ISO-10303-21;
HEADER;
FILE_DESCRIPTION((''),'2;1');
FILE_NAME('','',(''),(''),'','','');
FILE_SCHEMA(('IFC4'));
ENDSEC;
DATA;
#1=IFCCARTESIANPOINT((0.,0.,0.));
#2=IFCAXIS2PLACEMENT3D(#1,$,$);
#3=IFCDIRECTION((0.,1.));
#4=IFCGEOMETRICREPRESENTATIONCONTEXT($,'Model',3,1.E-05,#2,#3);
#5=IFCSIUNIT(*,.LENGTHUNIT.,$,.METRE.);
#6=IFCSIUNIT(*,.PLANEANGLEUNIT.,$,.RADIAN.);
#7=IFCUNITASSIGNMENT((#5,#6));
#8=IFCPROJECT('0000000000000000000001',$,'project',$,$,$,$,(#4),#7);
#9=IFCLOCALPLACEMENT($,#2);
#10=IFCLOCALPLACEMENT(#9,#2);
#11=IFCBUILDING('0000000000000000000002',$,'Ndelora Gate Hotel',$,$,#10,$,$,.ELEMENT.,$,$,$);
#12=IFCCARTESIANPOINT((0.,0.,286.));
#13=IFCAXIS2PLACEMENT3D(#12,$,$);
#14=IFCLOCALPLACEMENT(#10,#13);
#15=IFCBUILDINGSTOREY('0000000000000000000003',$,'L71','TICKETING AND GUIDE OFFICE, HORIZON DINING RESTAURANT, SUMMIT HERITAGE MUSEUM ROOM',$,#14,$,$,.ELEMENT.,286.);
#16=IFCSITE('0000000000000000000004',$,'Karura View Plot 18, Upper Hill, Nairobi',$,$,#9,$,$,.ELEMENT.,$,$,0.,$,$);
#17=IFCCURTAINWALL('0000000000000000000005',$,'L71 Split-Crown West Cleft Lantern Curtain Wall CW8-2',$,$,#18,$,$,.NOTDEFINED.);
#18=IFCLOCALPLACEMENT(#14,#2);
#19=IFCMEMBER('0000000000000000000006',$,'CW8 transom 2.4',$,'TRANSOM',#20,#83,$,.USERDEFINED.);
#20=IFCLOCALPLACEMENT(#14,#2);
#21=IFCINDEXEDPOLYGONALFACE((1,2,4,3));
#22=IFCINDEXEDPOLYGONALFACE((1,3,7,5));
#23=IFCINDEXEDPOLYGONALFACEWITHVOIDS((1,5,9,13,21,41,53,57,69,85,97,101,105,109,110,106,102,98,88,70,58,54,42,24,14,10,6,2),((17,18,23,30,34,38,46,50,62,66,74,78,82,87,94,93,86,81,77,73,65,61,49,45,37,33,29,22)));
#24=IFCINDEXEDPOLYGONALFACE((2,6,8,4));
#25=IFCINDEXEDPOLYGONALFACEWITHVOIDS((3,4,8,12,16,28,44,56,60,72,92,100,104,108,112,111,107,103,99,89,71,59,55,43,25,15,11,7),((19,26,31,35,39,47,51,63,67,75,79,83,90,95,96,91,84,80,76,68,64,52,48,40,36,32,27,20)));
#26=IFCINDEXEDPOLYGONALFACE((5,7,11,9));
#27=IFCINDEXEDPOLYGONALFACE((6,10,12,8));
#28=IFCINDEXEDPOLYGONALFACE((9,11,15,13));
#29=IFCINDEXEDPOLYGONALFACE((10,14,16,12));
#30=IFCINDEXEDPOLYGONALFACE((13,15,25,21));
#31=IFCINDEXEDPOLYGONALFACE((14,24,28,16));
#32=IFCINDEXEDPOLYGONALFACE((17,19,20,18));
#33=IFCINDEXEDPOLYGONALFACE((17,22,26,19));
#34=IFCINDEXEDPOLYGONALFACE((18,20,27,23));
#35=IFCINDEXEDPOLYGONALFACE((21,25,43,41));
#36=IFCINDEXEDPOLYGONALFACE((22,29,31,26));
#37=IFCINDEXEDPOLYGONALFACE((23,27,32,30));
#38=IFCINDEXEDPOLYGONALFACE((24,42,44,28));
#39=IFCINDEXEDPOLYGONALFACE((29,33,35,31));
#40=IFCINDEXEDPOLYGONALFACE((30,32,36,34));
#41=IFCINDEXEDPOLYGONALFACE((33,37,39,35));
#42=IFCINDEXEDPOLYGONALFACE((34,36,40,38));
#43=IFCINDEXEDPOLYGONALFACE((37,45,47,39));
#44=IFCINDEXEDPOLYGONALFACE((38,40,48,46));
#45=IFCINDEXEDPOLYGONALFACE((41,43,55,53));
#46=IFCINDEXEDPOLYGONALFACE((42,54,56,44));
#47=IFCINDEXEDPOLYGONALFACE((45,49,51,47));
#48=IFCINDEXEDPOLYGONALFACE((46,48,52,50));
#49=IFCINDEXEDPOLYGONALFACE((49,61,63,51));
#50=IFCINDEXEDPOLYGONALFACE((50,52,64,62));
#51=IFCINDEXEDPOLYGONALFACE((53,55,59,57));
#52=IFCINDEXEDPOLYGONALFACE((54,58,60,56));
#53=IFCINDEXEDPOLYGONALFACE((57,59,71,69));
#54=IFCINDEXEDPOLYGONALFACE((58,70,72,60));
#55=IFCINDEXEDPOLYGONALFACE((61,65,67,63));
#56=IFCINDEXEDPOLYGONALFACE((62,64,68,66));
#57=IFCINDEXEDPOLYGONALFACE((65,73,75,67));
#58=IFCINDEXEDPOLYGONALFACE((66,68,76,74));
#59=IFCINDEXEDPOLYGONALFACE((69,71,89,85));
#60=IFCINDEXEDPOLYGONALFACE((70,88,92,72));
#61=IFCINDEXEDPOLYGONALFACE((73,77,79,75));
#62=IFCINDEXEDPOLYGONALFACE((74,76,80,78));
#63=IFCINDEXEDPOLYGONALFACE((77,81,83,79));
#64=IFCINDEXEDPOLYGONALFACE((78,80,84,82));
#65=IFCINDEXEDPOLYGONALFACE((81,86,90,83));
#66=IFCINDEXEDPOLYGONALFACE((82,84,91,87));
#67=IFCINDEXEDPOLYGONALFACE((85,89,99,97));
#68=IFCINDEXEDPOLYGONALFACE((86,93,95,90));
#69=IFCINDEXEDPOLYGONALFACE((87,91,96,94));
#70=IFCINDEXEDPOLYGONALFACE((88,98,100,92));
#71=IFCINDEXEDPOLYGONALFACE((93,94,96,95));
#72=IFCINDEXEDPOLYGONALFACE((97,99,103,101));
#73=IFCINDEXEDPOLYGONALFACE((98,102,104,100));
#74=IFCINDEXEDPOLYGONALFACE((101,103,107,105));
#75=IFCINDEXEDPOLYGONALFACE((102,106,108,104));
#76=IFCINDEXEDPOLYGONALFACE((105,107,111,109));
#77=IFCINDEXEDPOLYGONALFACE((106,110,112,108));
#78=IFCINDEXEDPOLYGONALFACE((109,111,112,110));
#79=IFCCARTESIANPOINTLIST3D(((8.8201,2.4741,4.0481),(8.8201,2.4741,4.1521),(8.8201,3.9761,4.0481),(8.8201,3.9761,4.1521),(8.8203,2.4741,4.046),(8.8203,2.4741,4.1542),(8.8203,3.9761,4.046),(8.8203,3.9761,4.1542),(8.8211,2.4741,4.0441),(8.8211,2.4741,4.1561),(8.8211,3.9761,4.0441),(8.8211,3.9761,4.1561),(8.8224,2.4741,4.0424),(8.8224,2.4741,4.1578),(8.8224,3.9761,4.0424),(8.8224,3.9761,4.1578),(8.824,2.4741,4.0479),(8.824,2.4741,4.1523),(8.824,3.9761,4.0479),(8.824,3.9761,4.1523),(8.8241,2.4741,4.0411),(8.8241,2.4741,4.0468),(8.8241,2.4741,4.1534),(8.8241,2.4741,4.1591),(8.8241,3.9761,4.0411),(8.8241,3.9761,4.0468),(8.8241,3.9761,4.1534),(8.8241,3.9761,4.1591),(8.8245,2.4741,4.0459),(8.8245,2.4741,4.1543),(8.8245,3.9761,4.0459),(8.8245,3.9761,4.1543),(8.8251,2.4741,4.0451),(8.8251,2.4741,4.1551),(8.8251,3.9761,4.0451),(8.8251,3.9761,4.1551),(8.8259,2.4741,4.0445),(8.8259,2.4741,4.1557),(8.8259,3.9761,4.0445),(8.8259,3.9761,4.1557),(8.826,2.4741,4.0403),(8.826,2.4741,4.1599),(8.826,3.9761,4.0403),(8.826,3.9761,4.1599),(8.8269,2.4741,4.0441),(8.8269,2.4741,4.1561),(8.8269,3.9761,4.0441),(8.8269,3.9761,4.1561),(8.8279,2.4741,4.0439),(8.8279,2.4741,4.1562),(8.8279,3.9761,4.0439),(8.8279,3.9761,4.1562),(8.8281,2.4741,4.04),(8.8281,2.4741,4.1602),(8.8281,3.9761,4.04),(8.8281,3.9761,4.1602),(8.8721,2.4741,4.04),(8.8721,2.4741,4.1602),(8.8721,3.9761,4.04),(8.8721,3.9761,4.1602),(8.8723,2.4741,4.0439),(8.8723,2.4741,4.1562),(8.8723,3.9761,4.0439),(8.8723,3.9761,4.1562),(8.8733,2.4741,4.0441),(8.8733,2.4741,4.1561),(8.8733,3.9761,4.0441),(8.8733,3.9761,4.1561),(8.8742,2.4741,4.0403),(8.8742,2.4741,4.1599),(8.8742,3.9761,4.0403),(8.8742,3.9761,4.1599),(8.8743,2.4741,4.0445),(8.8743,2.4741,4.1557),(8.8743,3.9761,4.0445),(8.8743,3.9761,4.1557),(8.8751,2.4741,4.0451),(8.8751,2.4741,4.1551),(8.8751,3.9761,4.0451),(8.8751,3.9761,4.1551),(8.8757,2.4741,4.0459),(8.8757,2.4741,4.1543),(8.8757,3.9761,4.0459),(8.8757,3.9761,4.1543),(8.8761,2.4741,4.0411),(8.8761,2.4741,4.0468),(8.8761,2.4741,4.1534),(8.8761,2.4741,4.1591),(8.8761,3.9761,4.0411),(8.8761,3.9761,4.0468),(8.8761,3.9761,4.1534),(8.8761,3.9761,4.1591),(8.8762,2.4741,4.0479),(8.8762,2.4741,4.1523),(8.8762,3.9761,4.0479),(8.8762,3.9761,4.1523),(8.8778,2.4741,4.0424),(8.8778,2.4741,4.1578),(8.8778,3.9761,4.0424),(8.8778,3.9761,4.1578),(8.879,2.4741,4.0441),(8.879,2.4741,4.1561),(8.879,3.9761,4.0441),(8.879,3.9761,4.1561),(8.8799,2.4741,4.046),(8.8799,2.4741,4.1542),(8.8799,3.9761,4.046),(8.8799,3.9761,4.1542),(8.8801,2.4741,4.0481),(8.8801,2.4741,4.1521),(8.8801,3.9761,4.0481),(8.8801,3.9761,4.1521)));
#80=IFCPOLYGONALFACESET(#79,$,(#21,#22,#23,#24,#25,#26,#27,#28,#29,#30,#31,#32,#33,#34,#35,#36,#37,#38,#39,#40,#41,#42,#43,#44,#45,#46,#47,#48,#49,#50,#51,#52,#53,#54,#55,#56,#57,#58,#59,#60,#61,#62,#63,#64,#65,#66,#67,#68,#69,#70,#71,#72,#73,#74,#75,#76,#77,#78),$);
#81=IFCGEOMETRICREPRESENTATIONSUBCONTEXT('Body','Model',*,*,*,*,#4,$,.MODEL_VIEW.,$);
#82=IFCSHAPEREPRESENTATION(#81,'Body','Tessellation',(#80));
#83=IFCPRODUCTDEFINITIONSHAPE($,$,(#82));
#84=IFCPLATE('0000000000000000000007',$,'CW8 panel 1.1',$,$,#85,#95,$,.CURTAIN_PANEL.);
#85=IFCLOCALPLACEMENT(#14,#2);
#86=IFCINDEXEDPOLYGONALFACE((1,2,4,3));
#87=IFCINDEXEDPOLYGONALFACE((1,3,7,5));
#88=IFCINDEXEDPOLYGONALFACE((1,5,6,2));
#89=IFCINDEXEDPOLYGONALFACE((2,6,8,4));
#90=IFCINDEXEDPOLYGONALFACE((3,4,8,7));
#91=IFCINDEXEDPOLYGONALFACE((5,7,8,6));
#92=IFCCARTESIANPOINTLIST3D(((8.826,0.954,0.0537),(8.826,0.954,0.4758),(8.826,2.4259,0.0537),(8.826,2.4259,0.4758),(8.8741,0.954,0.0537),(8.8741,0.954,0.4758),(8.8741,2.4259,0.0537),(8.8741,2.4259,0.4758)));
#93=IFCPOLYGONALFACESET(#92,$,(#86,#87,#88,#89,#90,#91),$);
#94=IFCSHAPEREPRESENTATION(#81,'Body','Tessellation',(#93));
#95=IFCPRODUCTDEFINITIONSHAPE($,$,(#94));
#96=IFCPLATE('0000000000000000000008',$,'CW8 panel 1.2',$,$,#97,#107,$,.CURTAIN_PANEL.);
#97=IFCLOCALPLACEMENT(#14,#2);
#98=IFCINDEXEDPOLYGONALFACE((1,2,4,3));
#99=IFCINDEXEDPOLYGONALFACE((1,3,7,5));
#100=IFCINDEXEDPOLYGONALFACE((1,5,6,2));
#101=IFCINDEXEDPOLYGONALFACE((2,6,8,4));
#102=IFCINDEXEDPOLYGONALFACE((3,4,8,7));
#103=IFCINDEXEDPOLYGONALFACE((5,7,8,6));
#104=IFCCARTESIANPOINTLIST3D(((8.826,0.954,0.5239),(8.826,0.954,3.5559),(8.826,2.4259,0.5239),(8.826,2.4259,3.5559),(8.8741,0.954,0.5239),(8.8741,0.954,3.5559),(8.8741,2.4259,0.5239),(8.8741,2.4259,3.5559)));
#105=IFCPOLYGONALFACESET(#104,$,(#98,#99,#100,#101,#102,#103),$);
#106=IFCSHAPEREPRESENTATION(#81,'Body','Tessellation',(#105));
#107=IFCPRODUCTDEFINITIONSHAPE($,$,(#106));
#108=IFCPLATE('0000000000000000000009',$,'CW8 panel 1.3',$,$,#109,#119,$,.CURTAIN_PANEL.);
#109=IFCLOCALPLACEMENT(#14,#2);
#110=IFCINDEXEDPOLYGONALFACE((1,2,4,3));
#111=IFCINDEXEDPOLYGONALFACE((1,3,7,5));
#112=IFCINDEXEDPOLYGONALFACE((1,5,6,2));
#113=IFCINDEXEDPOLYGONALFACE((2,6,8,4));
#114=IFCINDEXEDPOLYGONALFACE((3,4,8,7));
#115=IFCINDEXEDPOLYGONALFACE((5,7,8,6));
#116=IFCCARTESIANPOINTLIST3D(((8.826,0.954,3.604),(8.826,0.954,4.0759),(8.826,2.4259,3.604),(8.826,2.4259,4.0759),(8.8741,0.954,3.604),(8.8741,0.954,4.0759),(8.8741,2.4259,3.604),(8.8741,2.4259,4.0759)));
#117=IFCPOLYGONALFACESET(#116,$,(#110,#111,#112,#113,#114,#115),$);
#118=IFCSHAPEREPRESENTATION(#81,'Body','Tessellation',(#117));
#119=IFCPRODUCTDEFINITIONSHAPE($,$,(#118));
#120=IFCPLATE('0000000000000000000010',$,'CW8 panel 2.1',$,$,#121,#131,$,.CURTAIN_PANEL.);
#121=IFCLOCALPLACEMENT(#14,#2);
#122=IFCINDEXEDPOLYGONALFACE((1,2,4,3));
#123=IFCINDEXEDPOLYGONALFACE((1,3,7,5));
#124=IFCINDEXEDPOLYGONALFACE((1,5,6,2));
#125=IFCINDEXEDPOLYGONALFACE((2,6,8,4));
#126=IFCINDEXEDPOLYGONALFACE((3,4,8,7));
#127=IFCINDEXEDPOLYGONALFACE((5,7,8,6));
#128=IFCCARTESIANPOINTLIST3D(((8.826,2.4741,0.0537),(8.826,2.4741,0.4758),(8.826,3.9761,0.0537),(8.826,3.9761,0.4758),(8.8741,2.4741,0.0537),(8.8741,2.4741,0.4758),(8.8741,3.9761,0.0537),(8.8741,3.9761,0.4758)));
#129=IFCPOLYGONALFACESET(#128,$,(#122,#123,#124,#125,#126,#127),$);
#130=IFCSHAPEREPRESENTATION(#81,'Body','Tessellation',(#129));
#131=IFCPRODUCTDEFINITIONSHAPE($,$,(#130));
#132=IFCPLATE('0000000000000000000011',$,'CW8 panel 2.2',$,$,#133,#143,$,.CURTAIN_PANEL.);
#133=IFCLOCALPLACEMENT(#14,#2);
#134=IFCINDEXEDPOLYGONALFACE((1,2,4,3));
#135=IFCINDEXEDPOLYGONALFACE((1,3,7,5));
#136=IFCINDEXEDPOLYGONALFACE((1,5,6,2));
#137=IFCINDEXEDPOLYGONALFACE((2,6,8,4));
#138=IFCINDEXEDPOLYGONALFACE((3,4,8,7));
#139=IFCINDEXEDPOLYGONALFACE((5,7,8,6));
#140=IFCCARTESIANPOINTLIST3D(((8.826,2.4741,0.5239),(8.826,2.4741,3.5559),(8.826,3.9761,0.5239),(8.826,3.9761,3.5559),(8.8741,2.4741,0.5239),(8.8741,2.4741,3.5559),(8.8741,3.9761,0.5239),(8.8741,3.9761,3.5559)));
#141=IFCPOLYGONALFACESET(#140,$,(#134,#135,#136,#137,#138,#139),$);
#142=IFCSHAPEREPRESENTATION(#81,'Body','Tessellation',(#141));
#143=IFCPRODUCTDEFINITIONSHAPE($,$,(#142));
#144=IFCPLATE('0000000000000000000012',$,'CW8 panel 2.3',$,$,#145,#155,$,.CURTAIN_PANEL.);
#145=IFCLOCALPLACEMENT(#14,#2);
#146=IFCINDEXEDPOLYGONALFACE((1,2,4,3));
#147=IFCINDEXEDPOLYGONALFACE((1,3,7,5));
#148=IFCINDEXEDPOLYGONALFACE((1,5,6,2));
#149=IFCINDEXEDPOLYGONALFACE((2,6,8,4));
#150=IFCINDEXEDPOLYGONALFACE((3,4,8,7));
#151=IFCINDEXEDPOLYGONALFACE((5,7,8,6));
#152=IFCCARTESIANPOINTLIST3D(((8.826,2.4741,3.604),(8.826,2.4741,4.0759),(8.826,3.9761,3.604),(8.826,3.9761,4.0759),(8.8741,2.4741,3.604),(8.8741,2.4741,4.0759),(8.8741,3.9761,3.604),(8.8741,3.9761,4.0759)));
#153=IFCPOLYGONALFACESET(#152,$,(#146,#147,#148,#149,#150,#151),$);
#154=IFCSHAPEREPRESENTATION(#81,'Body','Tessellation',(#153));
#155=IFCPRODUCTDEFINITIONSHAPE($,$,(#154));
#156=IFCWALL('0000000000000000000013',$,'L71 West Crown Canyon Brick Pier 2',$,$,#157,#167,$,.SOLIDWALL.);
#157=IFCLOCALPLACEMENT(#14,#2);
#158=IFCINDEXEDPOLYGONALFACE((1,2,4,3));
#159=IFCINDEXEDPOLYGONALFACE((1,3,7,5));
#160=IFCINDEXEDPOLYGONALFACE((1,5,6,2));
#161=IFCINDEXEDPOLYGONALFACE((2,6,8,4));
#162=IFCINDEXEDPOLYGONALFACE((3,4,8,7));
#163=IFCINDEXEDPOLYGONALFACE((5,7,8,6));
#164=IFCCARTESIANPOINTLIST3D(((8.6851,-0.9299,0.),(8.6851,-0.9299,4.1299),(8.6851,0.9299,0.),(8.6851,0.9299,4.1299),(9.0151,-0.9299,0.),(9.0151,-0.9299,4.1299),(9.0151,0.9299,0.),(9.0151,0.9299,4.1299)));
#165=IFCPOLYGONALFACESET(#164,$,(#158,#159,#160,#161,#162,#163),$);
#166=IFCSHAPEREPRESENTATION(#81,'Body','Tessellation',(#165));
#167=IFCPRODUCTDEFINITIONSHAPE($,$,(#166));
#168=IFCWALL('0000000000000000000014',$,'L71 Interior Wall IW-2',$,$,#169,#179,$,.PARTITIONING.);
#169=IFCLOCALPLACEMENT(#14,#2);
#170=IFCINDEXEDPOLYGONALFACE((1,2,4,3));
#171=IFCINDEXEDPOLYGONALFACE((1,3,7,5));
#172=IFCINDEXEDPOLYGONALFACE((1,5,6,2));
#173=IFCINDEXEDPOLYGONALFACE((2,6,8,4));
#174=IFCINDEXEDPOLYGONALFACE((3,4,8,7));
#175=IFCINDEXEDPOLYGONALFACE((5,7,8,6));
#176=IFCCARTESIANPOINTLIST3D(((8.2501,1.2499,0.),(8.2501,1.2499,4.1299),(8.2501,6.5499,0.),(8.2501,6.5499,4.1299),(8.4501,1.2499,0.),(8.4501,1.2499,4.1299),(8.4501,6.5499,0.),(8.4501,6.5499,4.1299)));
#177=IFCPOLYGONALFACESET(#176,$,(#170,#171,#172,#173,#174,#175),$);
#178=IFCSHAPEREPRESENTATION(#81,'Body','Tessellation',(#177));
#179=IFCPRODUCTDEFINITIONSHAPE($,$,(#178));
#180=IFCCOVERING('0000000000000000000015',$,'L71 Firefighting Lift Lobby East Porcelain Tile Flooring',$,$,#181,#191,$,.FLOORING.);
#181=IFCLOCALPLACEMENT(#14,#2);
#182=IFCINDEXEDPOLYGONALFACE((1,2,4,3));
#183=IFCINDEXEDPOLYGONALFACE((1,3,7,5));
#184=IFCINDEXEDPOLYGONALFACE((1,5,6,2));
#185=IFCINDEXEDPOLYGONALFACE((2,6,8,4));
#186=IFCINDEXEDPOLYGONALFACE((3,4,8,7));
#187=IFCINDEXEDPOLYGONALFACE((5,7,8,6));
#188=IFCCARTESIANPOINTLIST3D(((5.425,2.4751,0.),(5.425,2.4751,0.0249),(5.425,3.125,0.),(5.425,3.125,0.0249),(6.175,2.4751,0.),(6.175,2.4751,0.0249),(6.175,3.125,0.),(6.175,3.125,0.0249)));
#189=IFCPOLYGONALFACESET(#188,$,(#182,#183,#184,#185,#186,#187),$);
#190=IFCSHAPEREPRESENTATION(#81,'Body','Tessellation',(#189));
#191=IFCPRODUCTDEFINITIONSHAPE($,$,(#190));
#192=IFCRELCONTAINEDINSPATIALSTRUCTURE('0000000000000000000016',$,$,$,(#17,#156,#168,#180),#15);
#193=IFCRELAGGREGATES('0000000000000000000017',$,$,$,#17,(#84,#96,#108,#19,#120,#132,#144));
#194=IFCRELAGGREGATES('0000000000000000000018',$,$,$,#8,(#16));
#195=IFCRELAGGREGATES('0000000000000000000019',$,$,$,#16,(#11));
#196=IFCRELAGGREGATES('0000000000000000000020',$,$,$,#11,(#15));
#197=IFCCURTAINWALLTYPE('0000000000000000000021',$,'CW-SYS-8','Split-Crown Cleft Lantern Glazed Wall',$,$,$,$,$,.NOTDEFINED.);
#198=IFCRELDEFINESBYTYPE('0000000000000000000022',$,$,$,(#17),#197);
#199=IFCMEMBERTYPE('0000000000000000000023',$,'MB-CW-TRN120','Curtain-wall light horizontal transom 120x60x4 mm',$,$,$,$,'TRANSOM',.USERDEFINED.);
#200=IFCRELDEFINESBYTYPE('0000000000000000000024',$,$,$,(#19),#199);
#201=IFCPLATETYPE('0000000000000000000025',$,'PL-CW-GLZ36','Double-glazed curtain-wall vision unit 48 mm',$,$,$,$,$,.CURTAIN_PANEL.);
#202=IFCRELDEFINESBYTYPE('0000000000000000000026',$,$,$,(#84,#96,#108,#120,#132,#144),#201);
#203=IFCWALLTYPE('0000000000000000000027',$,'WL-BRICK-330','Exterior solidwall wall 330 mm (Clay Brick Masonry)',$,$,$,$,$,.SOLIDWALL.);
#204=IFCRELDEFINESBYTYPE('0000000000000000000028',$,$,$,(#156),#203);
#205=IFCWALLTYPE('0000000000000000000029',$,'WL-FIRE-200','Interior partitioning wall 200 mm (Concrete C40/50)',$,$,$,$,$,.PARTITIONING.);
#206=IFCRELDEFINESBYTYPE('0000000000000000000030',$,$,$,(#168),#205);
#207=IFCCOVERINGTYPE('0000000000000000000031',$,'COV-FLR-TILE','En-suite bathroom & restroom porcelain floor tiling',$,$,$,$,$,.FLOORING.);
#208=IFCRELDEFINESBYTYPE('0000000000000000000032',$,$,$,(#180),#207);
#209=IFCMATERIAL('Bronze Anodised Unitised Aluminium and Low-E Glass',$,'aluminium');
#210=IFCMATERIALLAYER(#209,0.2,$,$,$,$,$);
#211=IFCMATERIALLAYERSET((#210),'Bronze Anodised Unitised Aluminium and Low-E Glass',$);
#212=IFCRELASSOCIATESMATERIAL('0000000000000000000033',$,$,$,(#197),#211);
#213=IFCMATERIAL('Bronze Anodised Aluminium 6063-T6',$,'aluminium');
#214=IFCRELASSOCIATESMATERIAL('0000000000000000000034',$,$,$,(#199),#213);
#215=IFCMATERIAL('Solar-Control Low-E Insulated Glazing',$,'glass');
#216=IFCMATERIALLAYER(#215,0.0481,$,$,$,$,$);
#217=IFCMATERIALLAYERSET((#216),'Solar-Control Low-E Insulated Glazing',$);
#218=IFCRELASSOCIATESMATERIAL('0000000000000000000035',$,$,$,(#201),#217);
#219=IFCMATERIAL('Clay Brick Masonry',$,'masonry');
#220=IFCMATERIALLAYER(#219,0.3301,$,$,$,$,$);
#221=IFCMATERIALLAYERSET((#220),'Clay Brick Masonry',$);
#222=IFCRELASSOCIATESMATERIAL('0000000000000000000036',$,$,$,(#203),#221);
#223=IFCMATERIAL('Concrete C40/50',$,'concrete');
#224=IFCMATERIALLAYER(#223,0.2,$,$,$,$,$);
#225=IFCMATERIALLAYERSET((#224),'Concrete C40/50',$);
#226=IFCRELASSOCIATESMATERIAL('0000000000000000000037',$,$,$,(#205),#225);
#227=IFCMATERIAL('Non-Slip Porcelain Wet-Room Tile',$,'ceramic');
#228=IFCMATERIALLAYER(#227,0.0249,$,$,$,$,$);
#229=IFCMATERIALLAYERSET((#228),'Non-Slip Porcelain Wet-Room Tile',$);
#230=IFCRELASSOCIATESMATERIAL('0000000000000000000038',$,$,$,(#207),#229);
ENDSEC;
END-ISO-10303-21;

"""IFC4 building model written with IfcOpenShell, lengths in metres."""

from ifc_helpers import new_model, si_unit, direction, frame, frame_2d, origin, origin_2d, place, context, subcontext, project, spatial, rectangle, hollow_rectangle, extrude, material, layer, layer_set, material_profile, profile_set, type_object, element, aggregate, save


model = new_model("IFC4")

# Units and contexts
model_context = context("Model", 3, precision=1e-05, world=origin(), true_north=direction((0.0, 1.0)))
body_context = subcontext(model_context, "Body", "Model", "MODEL_VIEW")
ifc_project = project(units=[si_unit("LENGTHUNIT", "METRE"), si_unit("PLANEANGLEUNIT", "RADIAN")], contexts=[model_context])

# Site, building, storey
site_placement = place(None, origin())
site = spatial("IfcSite", under=ifc_project, at=site_placement, Name="Karura View Plot 18, Upper Hill, Nairobi", CompositionType="ELEMENT", RefElevation=0.0)
building_placement = place(site_placement, origin())
building = spatial("IfcBuilding", under=site, at=building_placement, Name="Ndelora Gate Hotel", CompositionType="ELEMENT")
storey_placement = place(building_placement, frame((0.0, 0.0, 286.0)))
storey = spatial("IfcBuildingStorey", under=building, at=storey_placement, Name="L71", Description="TICKETING AND GUIDE OFFICE, HORIZON DINING RESTAURANT, SUMMIT HERITAGE MUSEUM ROOM", CompositionType="ELEMENT", Elevation=286.0)

# Curtain wall, member, plates
ifc_material_1 = material(Name="Bronze Anodised Unitised Aluminium and Low-E Glass", Category="aluminium")
ifc_layer_1 = layer(ifc_material_1, 0.2)
ifc_layer_set_1 = layer_set([ifc_layer_1], Name="Bronze Anodised Unitised Aluminium and Low-E Glass")
curtain_wall_type = type_object("IfcCurtainWallType", Name="CW-SYS-8", Description="Split-Crown Cleft Lantern Glazed Wall", PredefinedType="NOTDEFINED", material=ifc_layer_set_1)
curtain_wall_placement = place(storey_placement, origin())
curtain_wall = element("IfcCurtainWall", 1, at=curtain_wall_placement, inside=storey, type_object=curtain_wall_type, Name="L71 Split-Crown West Cleft Lantern Curtain Wall CW8-2", PredefinedType="NOTDEFINED")
ifc_material_2 = material(Name="Bronze Anodised Aluminium 6063-T6", Category="aluminium")
ifc_material_profile_1 = material_profile(ifc_material_2, hollow_rectangle(XDim=0.0601, YDim=0.1201, WallThickness=0.0039, InnerFilletRadius=0.0039, OuterFilletRadius=0.0081, at=origin_2d()), Name="ALU 120x60x4")
ifc_profile_set_1 = profile_set([ifc_material_profile_1], Name="Bronze Anodised Aluminium 6063-T6")
member_type_1 = type_object("IfcMemberType", Name="MB-CW-TRN120", Description="Curtain-wall light horizontal transom 120x60x4 mm", ElementType="TRANSOM", PredefinedType="USERDEFINED", material=ifc_profile_set_1)
member_1_placement = place(storey_placement, frame((8.8501, 2.4741, 4.1001), z_axis=(0.0, 1.0, 0.0), x_axis=(-1.0, 0.0, 0.0)))
member_1 = element("IfcMember", 2, at=member_1_placement, type_object=member_type_1, Name="CW8 transom 2.4", ObjectType="TRANSOM", PredefinedType="USERDEFINED", context=body_context, shape_type="SweptSolid", body=[
    extrude(hollow_rectangle(XDim=0.0601, YDim=0.1201, WallThickness=0.0039, InnerFilletRadius=0.0039, OuterFilletRadius=0.0081, at=origin_2d()), origin(), (0.0, 0.0, 1.0), 1.502),
])
ifc_material_3 = material(Name="Solar-Control Low-E Insulated Glazing", Category="glass")
ifc_layer_2 = layer(ifc_material_3, 0.0481)
ifc_layer_set_2 = layer_set([ifc_layer_2], Name="Solar-Control Low-E Insulated Glazing")
plate_type = type_object("IfcPlateType", Name="PL-CW-GLZ36", Description="Double-glazed curtain-wall vision unit 48 mm", PredefinedType="CURTAIN_PANEL", material=ifc_layer_set_2)
plate_1_placement = place(storey_placement, frame((8.8501, 1.6899, 0.0537), z_axis=(0.0, 0.0, 1.0), x_axis=(0.0, 1.0, 0.0)))
plate_1 = element("IfcPlate", 3, at=plate_1_placement, type_object=plate_type, Name="CW8 panel 1.1", PredefinedType="CURTAIN_PANEL", context=body_context, shape_type="SweptSolid", body=[
    extrude(rectangle(XDim=1.4719, YDim=0.0481, at=origin_2d()), origin(), (0.0, 0.0, 1.0), 0.4221),
])
plate_2_placement = place(storey_placement, frame((8.8501, 1.6899, 0.5239), z_axis=(0.0, 0.0, 1.0), x_axis=(0.0, 1.0, 0.0)))
plate_2 = element("IfcPlate", 4, at=plate_2_placement, type_object=plate_type, Name="CW8 panel 1.2", PredefinedType="CURTAIN_PANEL", context=body_context, shape_type="SweptSolid", body=[
    extrude(rectangle(XDim=1.4719, YDim=0.0481, at=origin_2d()), origin(), (0.0, 0.0, 1.0), 3.032),
])
plate_3_placement = place(storey_placement, frame((8.8501, 1.6899, 3.604), z_axis=(0.0, 0.0, 1.0), x_axis=(0.0, 1.0, 0.0)))
plate_3 = element("IfcPlate", 5, at=plate_3_placement, type_object=plate_type, Name="CW8 panel 1.3", PredefinedType="CURTAIN_PANEL", context=body_context, shape_type="SweptSolid", body=[
    extrude(rectangle(XDim=1.4719, YDim=0.0481, at=origin_2d()), origin(), (0.0, 0.0, 1.0), 0.4719),
])
plate_4_placement = place(storey_placement, frame((8.8501, 3.2251, 0.0537), z_axis=(0.0, 0.0, 1.0), x_axis=(0.0, 1.0, 0.0)))
plate_4 = element("IfcPlate", 6, at=plate_4_placement, type_object=plate_type, Name="CW8 panel 2.1", PredefinedType="CURTAIN_PANEL", context=body_context, shape_type="SweptSolid", body=[
    extrude(rectangle(XDim=1.502, YDim=0.0481, at=origin_2d()), origin(), (0.0, 0.0, 1.0), 0.4221),
])
plate_5_placement = place(storey_placement, frame((8.8501, 3.2251, 0.5239), z_axis=(0.0, 0.0, 1.0), x_axis=(0.0, 1.0, 0.0)))
plate_5 = element("IfcPlate", 7, at=plate_5_placement, type_object=plate_type, Name="CW8 panel 2.2", PredefinedType="CURTAIN_PANEL", context=body_context, shape_type="SweptSolid", body=[
    extrude(rectangle(XDim=1.502, YDim=0.0481, at=origin_2d()), origin(), (0.0, 0.0, 1.0), 3.032),
])
plate_6_placement = place(storey_placement, frame((8.8501, 3.2251, 3.604), z_axis=(0.0, 0.0, 1.0), x_axis=(0.0, 1.0, 0.0)))
plate_6 = element("IfcPlate", 8, at=plate_6_placement, type_object=plate_type, Name="CW8 panel 2.3", PredefinedType="CURTAIN_PANEL", context=body_context, shape_type="SweptSolid", body=[
    extrude(rectangle(XDim=1.502, YDim=0.0481, at=origin_2d()), origin(), (0.0, 0.0, 1.0), 0.4719),
])
aggregate(curtain_wall, [plate_1, plate_2, plate_3, member_1, plate_4, plate_5, plate_6])

# Walls
ifc_material_4 = material(Name="Clay Brick Masonry", Category="masonry")
ifc_layer_3 = layer(ifc_material_4, 0.3301)
ifc_layer_set_3 = layer_set([ifc_layer_3], Name="Clay Brick Masonry")
wall_type_1 = type_object("IfcWallType", Name="WL-BRICK-330", Description="Exterior solidwall wall 330 mm (Clay Brick Masonry)", PredefinedType="SOLIDWALL", material=ifc_layer_set_3)
wall_1_placement = place(storey_placement, frame((8.8501, 0.9299, 0.0), z_axis=(0.0, 0.0, 1.0), x_axis=(0.0, -1.0, 0.0)))
element("IfcWall", 9, at=wall_1_placement, inside=storey, type_object=wall_type_1, Name="L71 West Crown Canyon Brick Pier 2", PredefinedType="SOLIDWALL", context=body_context, shape_type="SweptSolid", body=[
    extrude(rectangle(XDim=1.8599, YDim=0.3301, at=frame_2d((0.9299, 0.0))), origin(), (0.0, 0.0, 1.0), 4.1299),
])
ifc_material_5 = material(Name="Concrete C40/50", Category="concrete")
ifc_layer_4 = layer(ifc_material_5, 0.2)
ifc_layer_set_4 = layer_set([ifc_layer_4], Name="Concrete C40/50")
wall_type_2 = type_object("IfcWallType", Name="WL-FIRE-200", Description="Interior partitioning wall 200 mm (Concrete C40/50)", PredefinedType="PARTITIONING", material=ifc_layer_set_4)
wall_2_placement = place(storey_placement, frame((8.3501, 1.25, 0.0), z_axis=(0.0, 0.0, 1.0), x_axis=(0.0, 1.0, 0.0)))
element("IfcWall", 10, at=wall_2_placement, inside=storey, type_object=wall_type_2, Name="L71 Interior Wall IW-2", PredefinedType="PARTITIONING", context=body_context, shape_type="SweptSolid", body=[
    extrude(rectangle(XDim=5.3, YDim=0.2, at=frame_2d((2.6499, 0.0))), origin(), (0.0, 0.0, 1.0), 4.1299),
])

# Covering
ifc_material_6 = material(Name="Non-Slip Porcelain Wet-Room Tile", Category="ceramic")
ifc_layer_5 = layer(ifc_material_6, 0.0249)
ifc_layer_set_5 = layer_set([ifc_layer_5], Name="Non-Slip Porcelain Wet-Room Tile")
covering_type = type_object("IfcCoveringType", Name="COV-FLR-TILE", Description="En-suite bathroom & restroom porcelain floor tiling", PredefinedType="FLOORING", material=ifc_layer_set_5)
covering_placement = place(storey_placement, frame((5.8, 2.8, 0.0), z_axis=(0.0, 0.0, 1.0), x_axis=(1.0, 0.0, 0.0)))
element("IfcCovering", 11, at=covering_placement, inside=storey, type_object=covering_type, Name="L71 Firefighting Lift Lobby East Porcelain Tile Flooring", PredefinedType="FLOORING", context=body_context, shape_type="SweptSolid", body=[
    extrude(rectangle(XDim=0.75, YDim=0.6499, at=origin_2d()), origin(), (0.0, 0.0, 1.0), 0.0249),
])

save(model, "model.ifc")
